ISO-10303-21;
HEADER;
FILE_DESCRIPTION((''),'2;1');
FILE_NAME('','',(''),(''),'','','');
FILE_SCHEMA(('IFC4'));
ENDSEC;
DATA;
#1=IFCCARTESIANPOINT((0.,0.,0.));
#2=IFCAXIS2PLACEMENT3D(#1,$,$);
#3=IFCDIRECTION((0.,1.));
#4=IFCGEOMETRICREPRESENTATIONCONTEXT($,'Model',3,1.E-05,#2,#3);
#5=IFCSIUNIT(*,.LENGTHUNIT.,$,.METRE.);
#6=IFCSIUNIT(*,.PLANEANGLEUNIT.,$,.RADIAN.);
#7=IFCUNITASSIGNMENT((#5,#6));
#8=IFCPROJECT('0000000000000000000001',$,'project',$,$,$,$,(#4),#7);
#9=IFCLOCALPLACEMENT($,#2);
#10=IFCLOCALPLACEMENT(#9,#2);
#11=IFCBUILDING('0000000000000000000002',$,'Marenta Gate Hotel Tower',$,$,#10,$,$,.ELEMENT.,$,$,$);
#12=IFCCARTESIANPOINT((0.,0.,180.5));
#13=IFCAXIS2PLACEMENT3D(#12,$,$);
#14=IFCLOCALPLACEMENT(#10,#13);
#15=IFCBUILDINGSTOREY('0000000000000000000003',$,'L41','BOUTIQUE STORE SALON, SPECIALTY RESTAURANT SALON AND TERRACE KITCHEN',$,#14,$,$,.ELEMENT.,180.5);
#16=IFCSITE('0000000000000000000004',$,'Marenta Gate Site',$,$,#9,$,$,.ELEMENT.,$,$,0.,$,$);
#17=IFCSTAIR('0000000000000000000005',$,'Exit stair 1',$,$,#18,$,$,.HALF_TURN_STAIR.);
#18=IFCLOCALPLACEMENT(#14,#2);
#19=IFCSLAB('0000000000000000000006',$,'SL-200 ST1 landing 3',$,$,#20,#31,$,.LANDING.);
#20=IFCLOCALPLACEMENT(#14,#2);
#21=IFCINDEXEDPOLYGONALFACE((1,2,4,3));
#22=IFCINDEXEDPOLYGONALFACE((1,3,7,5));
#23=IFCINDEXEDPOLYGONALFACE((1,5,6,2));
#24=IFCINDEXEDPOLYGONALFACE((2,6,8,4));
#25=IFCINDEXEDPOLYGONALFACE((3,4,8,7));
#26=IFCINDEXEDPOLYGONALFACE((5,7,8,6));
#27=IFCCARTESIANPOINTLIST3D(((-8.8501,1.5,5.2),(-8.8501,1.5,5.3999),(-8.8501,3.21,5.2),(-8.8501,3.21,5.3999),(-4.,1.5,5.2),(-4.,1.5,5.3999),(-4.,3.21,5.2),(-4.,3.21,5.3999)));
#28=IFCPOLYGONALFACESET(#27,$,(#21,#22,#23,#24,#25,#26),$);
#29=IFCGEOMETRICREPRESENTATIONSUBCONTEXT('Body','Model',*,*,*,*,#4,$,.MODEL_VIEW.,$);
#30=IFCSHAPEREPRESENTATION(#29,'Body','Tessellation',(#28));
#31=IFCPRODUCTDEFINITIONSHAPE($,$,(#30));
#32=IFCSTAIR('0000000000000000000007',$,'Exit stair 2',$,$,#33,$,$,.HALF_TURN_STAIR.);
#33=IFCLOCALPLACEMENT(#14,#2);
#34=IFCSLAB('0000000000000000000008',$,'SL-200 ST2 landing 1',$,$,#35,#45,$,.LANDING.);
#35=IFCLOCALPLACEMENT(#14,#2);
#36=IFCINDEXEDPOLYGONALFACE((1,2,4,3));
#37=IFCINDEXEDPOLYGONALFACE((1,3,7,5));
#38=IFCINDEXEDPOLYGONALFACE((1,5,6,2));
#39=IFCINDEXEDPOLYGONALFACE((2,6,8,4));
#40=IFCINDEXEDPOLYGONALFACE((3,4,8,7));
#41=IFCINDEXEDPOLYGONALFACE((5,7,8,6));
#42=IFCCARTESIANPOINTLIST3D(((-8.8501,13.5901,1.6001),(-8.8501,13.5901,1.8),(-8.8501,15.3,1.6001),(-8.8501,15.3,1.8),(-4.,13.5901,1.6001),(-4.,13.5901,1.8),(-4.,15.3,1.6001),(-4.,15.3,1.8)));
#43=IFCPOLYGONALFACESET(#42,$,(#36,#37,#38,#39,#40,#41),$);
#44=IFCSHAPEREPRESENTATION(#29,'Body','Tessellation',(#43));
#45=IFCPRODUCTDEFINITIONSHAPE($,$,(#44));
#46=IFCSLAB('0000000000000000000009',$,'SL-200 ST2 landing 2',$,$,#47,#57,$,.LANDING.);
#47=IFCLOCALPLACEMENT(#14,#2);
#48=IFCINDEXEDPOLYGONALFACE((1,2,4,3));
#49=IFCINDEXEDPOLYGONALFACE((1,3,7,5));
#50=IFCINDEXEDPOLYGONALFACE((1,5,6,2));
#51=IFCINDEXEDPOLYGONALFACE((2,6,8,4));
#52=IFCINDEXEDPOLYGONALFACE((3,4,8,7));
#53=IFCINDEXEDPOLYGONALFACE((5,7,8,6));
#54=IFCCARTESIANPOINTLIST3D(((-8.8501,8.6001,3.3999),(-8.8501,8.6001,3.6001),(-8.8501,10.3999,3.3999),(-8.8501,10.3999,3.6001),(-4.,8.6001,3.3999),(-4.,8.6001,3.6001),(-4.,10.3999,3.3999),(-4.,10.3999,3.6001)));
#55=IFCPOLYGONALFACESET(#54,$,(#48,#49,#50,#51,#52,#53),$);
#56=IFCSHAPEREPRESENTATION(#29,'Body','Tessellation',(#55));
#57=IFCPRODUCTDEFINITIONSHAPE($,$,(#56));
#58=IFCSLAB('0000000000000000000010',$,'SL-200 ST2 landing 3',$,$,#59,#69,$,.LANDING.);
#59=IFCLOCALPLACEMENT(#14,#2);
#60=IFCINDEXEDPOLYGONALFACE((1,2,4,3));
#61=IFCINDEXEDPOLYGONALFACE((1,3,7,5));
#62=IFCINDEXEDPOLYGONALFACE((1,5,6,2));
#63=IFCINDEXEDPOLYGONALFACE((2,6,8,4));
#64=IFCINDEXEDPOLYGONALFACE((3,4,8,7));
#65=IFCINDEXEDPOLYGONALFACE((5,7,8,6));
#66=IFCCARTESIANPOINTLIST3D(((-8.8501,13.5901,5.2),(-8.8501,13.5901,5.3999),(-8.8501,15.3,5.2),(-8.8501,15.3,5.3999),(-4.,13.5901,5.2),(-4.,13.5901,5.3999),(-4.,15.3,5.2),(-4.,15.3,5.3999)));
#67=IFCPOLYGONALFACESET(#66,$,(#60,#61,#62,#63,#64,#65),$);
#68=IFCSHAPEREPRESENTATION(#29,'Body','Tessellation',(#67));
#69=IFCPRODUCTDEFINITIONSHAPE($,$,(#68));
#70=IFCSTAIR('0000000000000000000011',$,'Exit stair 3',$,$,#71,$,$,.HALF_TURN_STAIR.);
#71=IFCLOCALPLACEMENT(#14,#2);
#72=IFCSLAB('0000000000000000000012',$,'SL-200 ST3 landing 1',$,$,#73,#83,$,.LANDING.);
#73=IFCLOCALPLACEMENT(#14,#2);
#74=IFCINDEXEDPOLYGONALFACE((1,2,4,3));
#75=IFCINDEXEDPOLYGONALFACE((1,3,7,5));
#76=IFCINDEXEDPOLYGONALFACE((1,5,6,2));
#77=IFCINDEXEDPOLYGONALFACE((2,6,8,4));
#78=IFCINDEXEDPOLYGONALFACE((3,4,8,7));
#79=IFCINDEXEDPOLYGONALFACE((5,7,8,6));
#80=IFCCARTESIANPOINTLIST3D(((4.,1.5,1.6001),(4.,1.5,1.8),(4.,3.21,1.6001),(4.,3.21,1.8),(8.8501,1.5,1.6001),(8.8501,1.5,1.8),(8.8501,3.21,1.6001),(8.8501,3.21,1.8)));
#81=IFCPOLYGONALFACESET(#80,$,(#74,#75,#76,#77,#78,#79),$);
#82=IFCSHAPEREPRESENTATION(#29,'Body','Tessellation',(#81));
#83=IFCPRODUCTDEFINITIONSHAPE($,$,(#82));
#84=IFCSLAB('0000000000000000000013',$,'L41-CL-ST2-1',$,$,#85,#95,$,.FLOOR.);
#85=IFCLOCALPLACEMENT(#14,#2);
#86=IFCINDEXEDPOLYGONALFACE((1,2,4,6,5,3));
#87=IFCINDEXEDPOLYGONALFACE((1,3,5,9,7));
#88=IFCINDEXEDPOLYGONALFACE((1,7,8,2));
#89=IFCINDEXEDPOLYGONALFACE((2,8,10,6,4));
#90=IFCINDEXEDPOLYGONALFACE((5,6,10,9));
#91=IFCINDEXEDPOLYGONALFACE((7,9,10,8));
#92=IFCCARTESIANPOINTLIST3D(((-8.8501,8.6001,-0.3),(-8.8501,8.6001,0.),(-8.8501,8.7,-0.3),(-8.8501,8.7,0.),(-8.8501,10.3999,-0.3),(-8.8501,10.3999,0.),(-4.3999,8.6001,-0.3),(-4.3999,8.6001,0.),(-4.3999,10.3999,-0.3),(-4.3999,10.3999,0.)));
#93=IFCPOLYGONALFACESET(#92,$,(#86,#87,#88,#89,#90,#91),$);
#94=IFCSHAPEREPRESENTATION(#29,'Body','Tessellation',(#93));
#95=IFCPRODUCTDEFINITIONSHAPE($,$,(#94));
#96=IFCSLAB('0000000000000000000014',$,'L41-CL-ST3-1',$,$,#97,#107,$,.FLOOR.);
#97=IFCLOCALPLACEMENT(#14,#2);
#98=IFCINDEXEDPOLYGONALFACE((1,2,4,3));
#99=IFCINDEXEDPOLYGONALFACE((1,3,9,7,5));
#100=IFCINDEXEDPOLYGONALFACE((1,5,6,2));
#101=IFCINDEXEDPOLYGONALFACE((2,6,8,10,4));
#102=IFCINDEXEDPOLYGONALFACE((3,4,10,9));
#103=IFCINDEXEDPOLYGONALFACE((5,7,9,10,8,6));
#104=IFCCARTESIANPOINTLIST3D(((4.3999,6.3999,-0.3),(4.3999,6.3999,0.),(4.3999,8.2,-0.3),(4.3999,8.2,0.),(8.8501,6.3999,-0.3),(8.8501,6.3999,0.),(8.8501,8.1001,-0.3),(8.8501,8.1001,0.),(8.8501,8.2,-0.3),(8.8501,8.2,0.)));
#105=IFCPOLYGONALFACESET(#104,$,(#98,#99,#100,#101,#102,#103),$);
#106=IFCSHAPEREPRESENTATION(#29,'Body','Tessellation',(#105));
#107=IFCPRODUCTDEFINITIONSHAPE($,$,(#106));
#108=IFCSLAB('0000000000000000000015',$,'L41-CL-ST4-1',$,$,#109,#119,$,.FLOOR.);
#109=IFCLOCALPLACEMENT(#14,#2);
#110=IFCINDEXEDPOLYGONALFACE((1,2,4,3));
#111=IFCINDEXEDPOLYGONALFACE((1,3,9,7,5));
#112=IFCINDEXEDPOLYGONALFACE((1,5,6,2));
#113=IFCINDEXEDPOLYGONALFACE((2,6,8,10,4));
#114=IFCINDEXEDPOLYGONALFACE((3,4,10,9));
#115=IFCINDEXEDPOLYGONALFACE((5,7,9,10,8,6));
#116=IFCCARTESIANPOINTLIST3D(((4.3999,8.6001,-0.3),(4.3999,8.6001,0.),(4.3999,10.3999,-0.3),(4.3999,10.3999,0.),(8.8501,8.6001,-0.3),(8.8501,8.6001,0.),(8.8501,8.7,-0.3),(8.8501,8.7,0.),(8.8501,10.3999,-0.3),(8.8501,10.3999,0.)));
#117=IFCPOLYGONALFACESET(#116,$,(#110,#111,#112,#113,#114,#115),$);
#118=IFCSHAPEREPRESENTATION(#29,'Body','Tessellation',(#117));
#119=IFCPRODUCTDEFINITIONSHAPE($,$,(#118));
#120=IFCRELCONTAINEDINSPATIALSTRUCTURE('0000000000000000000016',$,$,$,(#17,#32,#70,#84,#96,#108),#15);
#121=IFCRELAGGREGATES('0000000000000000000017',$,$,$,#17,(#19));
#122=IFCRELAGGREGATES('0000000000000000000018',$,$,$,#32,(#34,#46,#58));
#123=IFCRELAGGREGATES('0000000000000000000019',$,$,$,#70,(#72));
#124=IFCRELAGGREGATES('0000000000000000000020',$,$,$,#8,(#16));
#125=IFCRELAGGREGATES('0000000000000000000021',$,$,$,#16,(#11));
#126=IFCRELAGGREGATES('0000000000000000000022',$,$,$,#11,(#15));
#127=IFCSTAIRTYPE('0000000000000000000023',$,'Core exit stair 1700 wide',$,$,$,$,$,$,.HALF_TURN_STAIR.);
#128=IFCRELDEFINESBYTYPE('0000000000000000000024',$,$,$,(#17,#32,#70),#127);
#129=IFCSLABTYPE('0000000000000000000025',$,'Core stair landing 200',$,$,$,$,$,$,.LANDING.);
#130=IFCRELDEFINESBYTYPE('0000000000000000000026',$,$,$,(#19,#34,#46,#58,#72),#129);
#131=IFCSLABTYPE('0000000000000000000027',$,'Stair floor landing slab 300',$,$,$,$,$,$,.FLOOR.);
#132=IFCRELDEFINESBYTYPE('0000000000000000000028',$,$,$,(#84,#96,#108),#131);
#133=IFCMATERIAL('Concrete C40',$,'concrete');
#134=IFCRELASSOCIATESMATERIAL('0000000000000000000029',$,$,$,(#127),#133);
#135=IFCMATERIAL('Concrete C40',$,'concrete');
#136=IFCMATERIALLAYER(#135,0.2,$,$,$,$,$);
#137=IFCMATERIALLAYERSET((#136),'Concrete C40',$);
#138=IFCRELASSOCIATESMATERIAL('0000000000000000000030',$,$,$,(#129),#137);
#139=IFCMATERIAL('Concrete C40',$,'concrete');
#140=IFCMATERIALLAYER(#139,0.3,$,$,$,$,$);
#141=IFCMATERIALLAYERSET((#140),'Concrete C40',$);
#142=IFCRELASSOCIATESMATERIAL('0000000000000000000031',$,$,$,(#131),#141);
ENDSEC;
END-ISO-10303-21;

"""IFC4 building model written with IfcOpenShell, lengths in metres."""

from ifc_helpers import new_model, si_unit, direction, frame, origin, place, context, subcontext, project, spatial, polyline, outline, extrude, material, layer, layer_set, type_object, element, aggregate, save


model = new_model("IFC4")

# Units and contexts
model_context = context("Model", 3, precision=1e-05, world=origin(), true_north=direction((0.0, 1.0)))
body_context = subcontext(model_context, "Body", "Model", "MODEL_VIEW")
ifc_project = project(units=[si_unit("LENGTHUNIT", "METRE"), si_unit("PLANEANGLEUNIT", "RADIAN")], contexts=[model_context])

# Site, building, storey
site_placement = place(None, origin())
site = spatial("IfcSite", under=ifc_project, at=site_placement, Name="Marenta Gate Site", CompositionType="ELEMENT", RefElevation=0.0)
building_placement = place(site_placement, origin())
building = spatial("IfcBuilding", under=site, at=building_placement, Name="Marenta Gate Hotel Tower", CompositionType="ELEMENT")
storey_placement = place(building_placement, frame((0.0, 0.0, 180.5)))
storey = spatial("IfcBuildingStorey", under=building, at=storey_placement, Name="L41", Description="BOUTIQUE STORE SALON, SPECIALTY RESTAURANT SALON AND TERRACE KITCHEN", CompositionType="ELEMENT", Elevation=180.5)

# Stairs, slabs
ifc_material_1 = material(Name="Concrete C40", Category="concrete")
stair_type = type_object("IfcStairType", Name="Core exit stair 1700 wide", PredefinedType="HALF_TURN_STAIR", material=ifc_material_1)
stair_1_placement = place(storey_placement, origin())
stair_1 = element("IfcStair", 1, at=stair_1_placement, inside=storey, type_object=stair_type, Name="Exit stair 1", PredefinedType="HALF_TURN_STAIR")
ifc_material_2 = material(Name="Concrete C40", Category="concrete")
ifc_layer_1 = layer(ifc_material_2, 0.2)
ifc_layer_set_1 = layer_set([ifc_layer_1], Name="Concrete C40")
slab_type_1 = type_object("IfcSlabType", Name="Core stair landing 200", PredefinedType="LANDING", material=ifc_layer_set_1)
slab_1_placement = place(storey_placement, frame((0.0, 0.0, 5.2)))
slab_1 = element("IfcSlab", 2, at=slab_1_placement, type_object=slab_type_1, Name="SL-200 ST1 landing 3", PredefinedType="LANDING", context=body_context, shape_type="SweptSolid", body=[
    extrude(outline(polyline([(-8.8501, 1.5), (-4.0, 1.5), (-4.0, 3.21), (-8.8501, 3.21), (-8.8501, 1.5)])), origin(), (0.0, 0.0, 1.0), 0.2),
])
aggregate(stair_1, [slab_1])
stair_2_placement = place(storey_placement, origin())
stair_2 = element("IfcStair", 3, at=stair_2_placement, inside=storey, type_object=stair_type, Name="Exit stair 2", PredefinedType="HALF_TURN_STAIR")
slab_2_placement = place(storey_placement, frame((0.0, 0.0, 1.6001)))
slab_2 = element("IfcSlab", 4, at=slab_2_placement, type_object=slab_type_1, Name="SL-200 ST2 landing 1", PredefinedType="LANDING", context=body_context, shape_type="SweptSolid", body=[
    extrude(outline(polyline([(-8.8501, 13.5901), (-4.0, 13.5901), (-4.0, 15.3), (-8.8501, 15.3), (-8.8501, 13.5901)])), origin(), (0.0, 0.0, 1.0), 0.2),
])
slab_3_placement = place(storey_placement, frame((0.0, 0.0, 3.3999)))
slab_3 = element("IfcSlab", 5, at=slab_3_placement, type_object=slab_type_1, Name="SL-200 ST2 landing 2", PredefinedType="LANDING", context=body_context, shape_type="SweptSolid", body=[
    extrude(outline(polyline([(-8.8501, 8.6001), (-4.0, 8.6001), (-4.0, 10.3999), (-8.8501, 10.3999), (-8.8501, 8.6001)])), origin(), (0.0, 0.0, 1.0), 0.2002),
])
slab_4_placement = place(storey_placement, frame((0.0, 0.0, 5.2)))
slab_4 = element("IfcSlab", 6, at=slab_4_placement, type_object=slab_type_1, Name="SL-200 ST2 landing 3", PredefinedType="LANDING", context=body_context, shape_type="SweptSolid", body=[
    extrude(outline(polyline([(-8.8501, 13.5901), (-4.0, 13.5901), (-4.0, 15.3), (-8.8501, 15.3), (-8.8501, 13.5901)])), origin(), (0.0, 0.0, 1.0), 0.2),
])
aggregate(stair_2, [slab_2, slab_3, slab_4])

# Stair, slab
stair_3_placement = place(storey_placement, origin())
stair_3 = element("IfcStair", 7, at=stair_3_placement, inside=storey, type_object=stair_type, Name="Exit stair 3", PredefinedType="HALF_TURN_STAIR")
slab_5_placement = place(storey_placement, frame((0.0, 0.0, 1.6001)))
slab_5 = element("IfcSlab", 8, at=slab_5_placement, type_object=slab_type_1, Name="SL-200 ST3 landing 1", PredefinedType="LANDING", context=body_context, shape_type="SweptSolid", body=[
    extrude(outline(polyline([(4.0, 1.5), (8.8501, 1.5), (8.8501, 3.21), (4.0, 3.21), (4.0, 1.5)])), origin(), (0.0, 0.0, 1.0), 0.2),
])
aggregate(stair_3, [slab_5])

# Slabs
ifc_material_3 = material(Name="Concrete C40", Category="concrete")
ifc_layer_2 = layer(ifc_material_3, 0.3)
ifc_layer_set_2 = layer_set([ifc_layer_2], Name="Concrete C40")
slab_type_2 = type_object("IfcSlabType", Name="Stair floor landing slab 300", PredefinedType="FLOOR", material=ifc_layer_set_2)
slab_6_placement = place(storey_placement, frame((0.0, 0.0, -0.3)))
element("IfcSlab", 9, at=slab_6_placement, inside=storey, type_object=slab_type_2, Name="L41-CL-ST2-1", PredefinedType="FLOOR", context=body_context, shape_type="SweptSolid", body=[
    extrude(outline(polyline([(-4.3999, 8.6001), (-8.8501, 8.6001), (-8.8501, 8.7), (-8.8501, 10.3999), (-4.3999, 10.3999), (-4.3999, 8.6001)])), origin(), (0.0, 0.0, 1.0), 0.3),
])
slab_7_placement = place(storey_placement, frame((0.0, 0.0, -0.3)))
element("IfcSlab", 10, at=slab_7_placement, inside=storey, type_object=slab_type_2, Name="L41-CL-ST3-1", PredefinedType="FLOOR", context=body_context, shape_type="SweptSolid", body=[
    extrude(outline(polyline([(4.3999, 6.3999), (4.3999, 8.2), (8.8501, 8.2), (8.8501, 8.1001), (8.8501, 6.3999), (4.3999, 6.3999)])), origin(), (0.0, 0.0, 1.0), 0.3),
])
slab_8_placement = place(storey_placement, frame((0.0, 0.0, -0.3)))
element("IfcSlab", 11, at=slab_8_placement, inside=storey, type_object=slab_type_2, Name="L41-CL-ST4-1", PredefinedType="FLOOR", context=body_context, shape_type="SweptSolid", body=[
    extrude(outline(polyline([(4.3999, 8.6001), (4.3999, 10.3999), (8.8501, 10.3999), (8.8501, 8.7), (8.8501, 8.6001), (4.3999, 8.6001)])), origin(), (0.0, 0.0, 1.0), 0.3),
])

save(model, "model.ifc")
